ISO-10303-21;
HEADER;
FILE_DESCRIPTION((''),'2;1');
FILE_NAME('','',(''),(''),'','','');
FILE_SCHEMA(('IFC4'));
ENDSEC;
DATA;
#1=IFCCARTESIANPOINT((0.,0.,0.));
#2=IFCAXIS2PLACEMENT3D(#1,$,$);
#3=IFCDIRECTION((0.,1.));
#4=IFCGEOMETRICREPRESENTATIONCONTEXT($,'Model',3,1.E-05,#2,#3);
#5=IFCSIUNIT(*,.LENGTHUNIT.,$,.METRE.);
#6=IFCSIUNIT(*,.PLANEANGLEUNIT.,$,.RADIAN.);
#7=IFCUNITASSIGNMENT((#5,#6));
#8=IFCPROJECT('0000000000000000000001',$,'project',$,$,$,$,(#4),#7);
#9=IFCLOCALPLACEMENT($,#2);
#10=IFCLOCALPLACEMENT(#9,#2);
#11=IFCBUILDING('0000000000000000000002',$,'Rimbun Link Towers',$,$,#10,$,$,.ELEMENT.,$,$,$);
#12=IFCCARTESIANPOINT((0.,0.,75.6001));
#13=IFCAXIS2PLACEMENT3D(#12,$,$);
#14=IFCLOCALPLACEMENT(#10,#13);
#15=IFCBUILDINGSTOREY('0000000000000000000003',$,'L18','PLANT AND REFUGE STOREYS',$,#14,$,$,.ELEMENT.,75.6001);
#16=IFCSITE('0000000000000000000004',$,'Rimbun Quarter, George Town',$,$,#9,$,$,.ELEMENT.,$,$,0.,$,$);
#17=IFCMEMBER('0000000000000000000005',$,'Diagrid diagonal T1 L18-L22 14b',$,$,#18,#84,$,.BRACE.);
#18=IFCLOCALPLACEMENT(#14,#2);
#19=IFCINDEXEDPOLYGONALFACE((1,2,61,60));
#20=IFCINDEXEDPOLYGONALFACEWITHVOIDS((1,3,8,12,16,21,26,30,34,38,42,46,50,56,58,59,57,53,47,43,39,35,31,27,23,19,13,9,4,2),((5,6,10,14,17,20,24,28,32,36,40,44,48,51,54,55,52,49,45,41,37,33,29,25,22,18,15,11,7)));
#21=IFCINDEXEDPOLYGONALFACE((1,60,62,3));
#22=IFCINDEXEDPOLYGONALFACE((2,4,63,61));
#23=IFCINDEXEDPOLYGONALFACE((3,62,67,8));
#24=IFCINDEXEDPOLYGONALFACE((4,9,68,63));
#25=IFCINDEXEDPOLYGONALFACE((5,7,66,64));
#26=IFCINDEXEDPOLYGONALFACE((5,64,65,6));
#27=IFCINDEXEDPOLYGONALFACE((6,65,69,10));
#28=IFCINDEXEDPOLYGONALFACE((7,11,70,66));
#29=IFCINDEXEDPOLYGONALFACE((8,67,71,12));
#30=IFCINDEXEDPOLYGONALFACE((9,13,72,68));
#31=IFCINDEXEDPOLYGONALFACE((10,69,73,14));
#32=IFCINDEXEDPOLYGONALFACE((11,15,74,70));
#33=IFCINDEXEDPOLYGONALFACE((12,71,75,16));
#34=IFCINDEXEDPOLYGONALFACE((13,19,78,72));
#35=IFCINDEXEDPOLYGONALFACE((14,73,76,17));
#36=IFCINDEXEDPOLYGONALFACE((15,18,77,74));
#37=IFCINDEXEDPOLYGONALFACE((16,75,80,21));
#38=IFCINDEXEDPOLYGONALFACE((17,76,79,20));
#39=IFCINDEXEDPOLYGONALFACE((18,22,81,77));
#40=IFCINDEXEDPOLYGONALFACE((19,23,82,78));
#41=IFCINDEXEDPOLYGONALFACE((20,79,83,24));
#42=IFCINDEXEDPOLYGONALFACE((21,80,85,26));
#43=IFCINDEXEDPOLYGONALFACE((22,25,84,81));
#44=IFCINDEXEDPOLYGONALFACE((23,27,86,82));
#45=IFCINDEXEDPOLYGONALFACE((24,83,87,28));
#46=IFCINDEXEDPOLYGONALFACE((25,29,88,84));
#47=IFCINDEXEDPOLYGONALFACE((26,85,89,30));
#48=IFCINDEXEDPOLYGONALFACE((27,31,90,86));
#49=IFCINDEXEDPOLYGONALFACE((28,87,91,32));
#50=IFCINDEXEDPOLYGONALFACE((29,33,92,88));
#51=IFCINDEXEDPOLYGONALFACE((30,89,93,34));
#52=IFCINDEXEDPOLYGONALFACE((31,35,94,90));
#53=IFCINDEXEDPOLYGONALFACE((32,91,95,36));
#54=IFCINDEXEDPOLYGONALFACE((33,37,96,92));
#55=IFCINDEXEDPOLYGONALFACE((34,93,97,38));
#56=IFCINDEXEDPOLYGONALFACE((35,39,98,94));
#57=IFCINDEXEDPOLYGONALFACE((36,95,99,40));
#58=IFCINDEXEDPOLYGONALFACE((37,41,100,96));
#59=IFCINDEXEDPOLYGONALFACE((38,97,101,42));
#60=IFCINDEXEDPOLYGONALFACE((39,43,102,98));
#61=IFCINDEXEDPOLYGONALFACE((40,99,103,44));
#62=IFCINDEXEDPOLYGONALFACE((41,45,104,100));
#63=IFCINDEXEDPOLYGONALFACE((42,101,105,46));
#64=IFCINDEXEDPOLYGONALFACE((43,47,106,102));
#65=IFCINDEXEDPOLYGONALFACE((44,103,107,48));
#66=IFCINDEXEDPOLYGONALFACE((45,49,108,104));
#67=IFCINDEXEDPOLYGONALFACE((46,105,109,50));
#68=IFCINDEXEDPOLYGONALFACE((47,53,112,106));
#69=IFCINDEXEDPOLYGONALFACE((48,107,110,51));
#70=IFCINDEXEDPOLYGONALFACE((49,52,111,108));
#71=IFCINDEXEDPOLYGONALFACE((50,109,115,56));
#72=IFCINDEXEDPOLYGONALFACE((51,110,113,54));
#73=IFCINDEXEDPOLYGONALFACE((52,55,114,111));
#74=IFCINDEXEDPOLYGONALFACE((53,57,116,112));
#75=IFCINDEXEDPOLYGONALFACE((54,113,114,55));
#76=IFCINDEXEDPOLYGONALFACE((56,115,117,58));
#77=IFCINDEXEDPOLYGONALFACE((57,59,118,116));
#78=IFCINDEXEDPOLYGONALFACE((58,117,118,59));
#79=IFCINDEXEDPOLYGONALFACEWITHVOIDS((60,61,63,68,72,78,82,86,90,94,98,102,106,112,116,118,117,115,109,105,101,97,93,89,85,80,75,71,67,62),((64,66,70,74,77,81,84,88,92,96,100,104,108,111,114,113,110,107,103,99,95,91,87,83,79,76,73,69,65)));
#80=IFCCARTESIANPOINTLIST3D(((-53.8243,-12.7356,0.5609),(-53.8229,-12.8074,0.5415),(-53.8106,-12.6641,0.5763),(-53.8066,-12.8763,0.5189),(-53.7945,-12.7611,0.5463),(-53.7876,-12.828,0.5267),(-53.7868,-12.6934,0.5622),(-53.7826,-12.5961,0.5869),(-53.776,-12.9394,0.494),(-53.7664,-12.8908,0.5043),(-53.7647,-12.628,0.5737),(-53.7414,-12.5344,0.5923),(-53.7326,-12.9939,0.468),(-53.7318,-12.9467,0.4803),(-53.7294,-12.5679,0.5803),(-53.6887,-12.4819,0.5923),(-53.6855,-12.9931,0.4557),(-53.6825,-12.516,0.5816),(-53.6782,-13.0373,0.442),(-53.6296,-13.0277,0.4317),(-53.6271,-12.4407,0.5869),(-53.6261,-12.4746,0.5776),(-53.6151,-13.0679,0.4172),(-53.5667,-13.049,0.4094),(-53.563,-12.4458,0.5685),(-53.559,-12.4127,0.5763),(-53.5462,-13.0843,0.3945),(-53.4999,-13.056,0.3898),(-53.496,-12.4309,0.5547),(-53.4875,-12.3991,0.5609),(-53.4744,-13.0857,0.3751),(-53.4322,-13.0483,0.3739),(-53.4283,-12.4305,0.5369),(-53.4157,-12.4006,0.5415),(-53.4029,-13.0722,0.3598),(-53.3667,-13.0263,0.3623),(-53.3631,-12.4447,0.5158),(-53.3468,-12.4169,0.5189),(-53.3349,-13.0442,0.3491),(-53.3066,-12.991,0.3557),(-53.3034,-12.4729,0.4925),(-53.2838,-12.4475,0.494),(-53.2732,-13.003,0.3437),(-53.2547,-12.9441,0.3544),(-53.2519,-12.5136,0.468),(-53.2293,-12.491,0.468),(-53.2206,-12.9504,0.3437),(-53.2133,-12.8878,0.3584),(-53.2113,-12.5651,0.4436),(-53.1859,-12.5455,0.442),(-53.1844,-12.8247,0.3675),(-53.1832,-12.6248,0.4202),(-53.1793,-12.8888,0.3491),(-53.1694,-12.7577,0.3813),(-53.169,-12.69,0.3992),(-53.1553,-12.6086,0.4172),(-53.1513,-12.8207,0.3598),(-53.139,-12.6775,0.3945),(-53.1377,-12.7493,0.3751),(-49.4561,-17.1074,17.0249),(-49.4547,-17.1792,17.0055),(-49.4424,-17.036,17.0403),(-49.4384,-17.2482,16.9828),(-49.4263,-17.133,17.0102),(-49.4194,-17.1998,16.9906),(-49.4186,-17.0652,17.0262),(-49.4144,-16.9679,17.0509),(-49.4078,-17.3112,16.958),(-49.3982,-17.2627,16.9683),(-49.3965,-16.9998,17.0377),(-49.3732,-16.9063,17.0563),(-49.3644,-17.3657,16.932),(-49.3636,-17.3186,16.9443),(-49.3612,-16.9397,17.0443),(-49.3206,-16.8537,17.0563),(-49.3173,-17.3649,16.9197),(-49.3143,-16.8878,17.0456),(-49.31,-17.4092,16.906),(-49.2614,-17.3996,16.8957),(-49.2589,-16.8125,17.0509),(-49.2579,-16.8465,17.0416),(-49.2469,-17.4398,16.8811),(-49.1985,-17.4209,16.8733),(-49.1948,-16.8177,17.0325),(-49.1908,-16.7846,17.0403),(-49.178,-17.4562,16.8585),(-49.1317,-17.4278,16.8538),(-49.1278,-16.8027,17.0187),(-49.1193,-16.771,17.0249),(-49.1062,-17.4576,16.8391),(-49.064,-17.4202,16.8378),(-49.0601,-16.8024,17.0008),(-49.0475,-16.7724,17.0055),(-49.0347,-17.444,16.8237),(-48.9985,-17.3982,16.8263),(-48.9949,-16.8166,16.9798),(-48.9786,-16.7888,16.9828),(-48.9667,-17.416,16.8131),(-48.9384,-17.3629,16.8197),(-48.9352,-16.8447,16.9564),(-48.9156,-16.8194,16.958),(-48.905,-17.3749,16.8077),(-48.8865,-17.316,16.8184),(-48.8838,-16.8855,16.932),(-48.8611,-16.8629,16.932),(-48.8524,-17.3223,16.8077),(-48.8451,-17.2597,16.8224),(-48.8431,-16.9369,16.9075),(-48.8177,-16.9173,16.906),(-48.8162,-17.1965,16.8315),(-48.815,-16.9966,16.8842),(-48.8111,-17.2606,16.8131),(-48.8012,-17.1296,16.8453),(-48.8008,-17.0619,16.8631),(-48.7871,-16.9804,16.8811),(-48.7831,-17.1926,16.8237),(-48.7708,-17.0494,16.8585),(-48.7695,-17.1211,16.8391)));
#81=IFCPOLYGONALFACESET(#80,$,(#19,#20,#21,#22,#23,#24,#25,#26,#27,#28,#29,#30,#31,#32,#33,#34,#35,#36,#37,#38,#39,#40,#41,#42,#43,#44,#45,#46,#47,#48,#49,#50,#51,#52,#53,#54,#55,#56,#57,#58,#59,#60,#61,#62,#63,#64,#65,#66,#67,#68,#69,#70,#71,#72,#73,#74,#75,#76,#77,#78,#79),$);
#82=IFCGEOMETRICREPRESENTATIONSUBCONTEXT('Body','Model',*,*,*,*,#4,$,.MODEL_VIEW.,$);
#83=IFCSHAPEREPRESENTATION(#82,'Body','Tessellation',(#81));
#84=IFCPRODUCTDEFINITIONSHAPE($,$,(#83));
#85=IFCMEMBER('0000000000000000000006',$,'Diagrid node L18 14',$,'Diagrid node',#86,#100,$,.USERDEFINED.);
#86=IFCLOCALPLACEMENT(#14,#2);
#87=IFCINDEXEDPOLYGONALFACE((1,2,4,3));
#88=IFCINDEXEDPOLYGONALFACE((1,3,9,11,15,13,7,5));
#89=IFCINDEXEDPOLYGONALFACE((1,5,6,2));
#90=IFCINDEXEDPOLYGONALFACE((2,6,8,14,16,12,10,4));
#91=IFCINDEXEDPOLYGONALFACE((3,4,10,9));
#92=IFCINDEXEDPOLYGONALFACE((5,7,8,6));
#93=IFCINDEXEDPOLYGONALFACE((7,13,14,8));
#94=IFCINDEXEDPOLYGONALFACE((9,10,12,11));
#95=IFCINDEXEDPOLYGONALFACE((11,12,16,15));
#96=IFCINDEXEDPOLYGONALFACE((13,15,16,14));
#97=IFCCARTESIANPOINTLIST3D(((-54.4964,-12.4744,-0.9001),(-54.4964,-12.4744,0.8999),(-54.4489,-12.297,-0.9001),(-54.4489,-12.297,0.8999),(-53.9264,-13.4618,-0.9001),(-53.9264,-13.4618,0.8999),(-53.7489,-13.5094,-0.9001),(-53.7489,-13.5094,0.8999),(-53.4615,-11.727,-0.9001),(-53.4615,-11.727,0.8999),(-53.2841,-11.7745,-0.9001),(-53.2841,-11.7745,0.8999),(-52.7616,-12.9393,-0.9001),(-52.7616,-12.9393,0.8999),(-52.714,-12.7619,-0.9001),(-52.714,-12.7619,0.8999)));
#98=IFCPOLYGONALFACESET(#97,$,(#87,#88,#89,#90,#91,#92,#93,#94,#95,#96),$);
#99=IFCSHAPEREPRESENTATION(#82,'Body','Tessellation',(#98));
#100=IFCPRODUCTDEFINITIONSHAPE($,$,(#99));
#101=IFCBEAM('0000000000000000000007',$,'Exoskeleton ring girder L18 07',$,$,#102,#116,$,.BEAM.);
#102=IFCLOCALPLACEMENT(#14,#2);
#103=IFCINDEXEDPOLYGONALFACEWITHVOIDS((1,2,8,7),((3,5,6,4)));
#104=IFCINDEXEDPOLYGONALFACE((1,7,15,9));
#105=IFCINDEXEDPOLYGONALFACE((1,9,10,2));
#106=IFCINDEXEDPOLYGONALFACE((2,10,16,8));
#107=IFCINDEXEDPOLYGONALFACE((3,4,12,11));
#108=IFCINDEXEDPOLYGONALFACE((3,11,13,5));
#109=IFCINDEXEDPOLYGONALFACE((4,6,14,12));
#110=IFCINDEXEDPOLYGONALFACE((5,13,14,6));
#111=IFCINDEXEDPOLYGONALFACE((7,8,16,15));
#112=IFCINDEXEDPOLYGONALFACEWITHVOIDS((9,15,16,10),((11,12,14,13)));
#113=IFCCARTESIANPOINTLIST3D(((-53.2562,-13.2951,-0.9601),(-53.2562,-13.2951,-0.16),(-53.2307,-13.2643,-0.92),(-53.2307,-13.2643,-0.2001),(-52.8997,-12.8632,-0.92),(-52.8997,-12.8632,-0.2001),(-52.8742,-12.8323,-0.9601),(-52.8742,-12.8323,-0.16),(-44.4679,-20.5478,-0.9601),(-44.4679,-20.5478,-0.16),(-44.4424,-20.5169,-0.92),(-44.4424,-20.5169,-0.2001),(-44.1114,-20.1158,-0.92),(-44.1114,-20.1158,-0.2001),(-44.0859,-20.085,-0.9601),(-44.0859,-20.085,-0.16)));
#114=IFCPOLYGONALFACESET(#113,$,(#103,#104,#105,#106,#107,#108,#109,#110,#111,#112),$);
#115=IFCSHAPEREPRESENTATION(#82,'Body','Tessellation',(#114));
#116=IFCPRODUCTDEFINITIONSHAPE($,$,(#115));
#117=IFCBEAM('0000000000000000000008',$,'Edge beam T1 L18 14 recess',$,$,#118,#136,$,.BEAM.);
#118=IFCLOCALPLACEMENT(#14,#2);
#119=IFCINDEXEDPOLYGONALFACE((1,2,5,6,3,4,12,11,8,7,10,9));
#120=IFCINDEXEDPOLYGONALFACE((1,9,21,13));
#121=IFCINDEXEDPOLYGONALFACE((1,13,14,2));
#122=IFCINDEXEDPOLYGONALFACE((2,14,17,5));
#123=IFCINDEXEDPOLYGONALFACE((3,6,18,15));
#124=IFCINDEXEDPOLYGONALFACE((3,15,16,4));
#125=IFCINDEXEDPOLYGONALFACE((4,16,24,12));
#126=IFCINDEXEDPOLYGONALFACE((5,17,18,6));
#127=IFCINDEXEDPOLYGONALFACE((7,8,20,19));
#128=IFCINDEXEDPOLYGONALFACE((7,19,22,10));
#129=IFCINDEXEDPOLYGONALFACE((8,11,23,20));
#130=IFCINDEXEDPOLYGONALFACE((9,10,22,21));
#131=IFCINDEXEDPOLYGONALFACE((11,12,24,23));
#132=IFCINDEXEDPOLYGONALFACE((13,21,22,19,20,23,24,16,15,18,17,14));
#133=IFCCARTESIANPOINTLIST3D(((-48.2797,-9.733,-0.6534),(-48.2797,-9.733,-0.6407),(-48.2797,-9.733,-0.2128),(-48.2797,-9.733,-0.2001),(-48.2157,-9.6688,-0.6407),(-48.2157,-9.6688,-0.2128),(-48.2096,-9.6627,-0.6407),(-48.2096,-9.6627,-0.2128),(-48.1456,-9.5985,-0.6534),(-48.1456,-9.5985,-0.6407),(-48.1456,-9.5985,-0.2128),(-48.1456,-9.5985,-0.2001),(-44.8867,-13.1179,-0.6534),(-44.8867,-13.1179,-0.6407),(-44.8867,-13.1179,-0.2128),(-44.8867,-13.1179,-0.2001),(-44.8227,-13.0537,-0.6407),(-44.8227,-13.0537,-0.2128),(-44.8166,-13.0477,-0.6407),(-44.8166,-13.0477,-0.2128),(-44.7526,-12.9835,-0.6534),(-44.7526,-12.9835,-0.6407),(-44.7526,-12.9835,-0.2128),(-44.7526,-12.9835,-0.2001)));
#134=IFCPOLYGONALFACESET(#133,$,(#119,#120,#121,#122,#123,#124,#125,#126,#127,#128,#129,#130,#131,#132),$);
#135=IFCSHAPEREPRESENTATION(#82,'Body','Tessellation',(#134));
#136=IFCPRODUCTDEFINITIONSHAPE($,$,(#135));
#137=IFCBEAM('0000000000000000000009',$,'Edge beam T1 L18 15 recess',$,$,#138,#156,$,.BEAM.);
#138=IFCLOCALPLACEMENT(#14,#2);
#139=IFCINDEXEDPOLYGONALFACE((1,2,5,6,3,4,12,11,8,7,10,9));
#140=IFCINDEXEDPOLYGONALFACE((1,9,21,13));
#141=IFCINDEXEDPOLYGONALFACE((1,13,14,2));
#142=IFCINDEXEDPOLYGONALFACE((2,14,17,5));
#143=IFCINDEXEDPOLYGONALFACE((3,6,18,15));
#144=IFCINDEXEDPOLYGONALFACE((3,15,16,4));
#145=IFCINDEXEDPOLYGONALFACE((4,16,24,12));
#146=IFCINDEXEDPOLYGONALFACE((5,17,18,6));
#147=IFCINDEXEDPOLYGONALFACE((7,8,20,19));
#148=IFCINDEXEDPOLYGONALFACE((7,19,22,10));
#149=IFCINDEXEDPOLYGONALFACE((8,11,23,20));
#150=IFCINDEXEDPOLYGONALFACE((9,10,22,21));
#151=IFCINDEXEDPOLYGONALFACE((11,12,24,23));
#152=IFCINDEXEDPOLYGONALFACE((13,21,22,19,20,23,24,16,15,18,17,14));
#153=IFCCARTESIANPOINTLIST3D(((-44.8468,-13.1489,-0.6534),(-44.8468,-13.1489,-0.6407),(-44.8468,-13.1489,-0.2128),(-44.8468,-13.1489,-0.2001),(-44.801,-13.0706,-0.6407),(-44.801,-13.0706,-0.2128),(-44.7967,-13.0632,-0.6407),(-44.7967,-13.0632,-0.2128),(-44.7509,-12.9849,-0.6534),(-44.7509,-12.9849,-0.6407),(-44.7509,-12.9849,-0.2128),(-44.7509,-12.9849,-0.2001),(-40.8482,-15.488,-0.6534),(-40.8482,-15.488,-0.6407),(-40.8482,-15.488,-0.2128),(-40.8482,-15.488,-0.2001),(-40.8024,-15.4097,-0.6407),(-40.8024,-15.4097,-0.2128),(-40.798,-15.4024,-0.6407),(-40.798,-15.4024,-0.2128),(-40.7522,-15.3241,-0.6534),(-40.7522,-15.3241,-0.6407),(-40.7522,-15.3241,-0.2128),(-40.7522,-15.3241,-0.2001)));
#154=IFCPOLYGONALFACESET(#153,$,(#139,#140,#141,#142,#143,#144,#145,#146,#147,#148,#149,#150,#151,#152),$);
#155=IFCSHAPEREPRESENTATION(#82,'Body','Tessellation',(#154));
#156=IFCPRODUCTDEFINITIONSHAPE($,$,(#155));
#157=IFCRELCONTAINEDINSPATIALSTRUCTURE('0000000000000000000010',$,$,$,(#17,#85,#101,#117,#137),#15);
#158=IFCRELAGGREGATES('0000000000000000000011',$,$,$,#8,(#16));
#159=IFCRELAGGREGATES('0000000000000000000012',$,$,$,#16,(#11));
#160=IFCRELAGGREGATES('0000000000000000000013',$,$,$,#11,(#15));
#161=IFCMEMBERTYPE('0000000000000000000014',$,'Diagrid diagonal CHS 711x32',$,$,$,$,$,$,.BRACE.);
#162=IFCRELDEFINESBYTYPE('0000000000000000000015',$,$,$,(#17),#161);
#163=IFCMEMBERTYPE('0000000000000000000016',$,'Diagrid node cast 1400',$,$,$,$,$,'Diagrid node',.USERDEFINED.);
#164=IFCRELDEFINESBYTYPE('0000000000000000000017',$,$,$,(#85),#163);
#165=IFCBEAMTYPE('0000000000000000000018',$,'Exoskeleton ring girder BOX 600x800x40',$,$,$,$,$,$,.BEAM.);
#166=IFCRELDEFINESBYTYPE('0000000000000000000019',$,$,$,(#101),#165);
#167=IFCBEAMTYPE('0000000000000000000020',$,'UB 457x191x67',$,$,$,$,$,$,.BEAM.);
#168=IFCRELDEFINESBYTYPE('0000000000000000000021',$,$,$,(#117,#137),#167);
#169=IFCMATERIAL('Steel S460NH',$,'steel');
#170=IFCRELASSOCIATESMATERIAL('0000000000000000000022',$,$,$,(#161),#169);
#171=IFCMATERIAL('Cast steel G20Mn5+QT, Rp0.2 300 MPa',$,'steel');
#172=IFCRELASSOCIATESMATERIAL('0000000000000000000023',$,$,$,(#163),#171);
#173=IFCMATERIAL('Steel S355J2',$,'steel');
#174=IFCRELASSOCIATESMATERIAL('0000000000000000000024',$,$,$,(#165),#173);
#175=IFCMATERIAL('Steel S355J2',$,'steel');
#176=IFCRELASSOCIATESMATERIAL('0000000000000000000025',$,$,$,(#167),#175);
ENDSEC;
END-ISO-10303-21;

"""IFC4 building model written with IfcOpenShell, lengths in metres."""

from ifc_helpers import new_model, si_unit, direction, frame, origin, origin_2d, place, context, subcontext, project, spatial, polyline, hollow_rectangle, hollow_circle, i_section, outline, extrude, material, material_profile, profile_set, type_object, element, save


model = new_model("IFC4")

# Units and contexts
model_context = context("Model", 3, precision=1e-05, world=origin(), true_north=direction((0.0, 1.0)))
body_context = subcontext(model_context, "Body", "Model", "MODEL_VIEW")
ifc_project = project(units=[si_unit("LENGTHUNIT", "METRE"), si_unit("PLANEANGLEUNIT", "RADIAN")], contexts=[model_context])

# Site, building, storey
site_placement = place(None, origin())
site = spatial("IfcSite", under=ifc_project, at=site_placement, Name="Rimbun Quarter, George Town", CompositionType="ELEMENT", RefElevation=0.0)
building_placement = place(site_placement, origin())
building = spatial("IfcBuilding", under=site, at=building_placement, Name="Rimbun Link Towers", CompositionType="ELEMENT")
storey_placement = place(building_placement, frame((0.0, 0.0, 75.6001)))
storey = spatial("IfcBuildingStorey", under=building, at=storey_placement, Name="L18", Description="PLANT AND REFUGE STOREYS", CompositionType="ELEMENT", Elevation=75.6001)

# Members
ifc_material_1 = material(Name="Steel S460NH", Category="steel")
ifc_material_profile_1 = material_profile(ifc_material_1, hollow_circle(Radius=0.3557, WallThickness=0.032, at=origin_2d()), Name="Diagrid diagonal CHS 711x32")
ifc_profile_set_1 = profile_set([ifc_material_profile_1], Name="Steel S460NH")
member_type_1 = type_object("IfcMemberType", Name="Diagrid diagonal CHS 711x32", PredefinedType="BRACE", material=ifc_profile_set_1)
member_1_placement = place(storey_placement, frame((-53.481, -12.7424, 0.468), z_axis=(0.248395, -0.248603, 0.936214), x_axis=(0.707403, 0.70681, 0.0)))
element("IfcMember", 1, at=member_1_placement, inside=storey, type_object=member_type_1, Name="Diagrid diagonal T1 L18-L22 14b", PredefinedType="BRACE", context=body_context, shape_type="SweptSolid", body=[
    extrude(hollow_circle(Radius=0.3557, WallThickness=0.032, at=origin_2d()), origin(), (0.0, 0.0, 1.0), 17.5857),
])
ifc_material_2 = material(Name="Cast steel G20Mn5+QT, Rp0.2 300 MPa", Category="steel")
ifc_material_profile_2 = material_profile(ifc_material_2, outline(polyline([(0.7, -0.5701), (0.7, 0.5701), (0.5701, 0.7), (-0.5701, 0.7), (-0.7, 0.5701), (-0.7, -0.5701), (-0.5701, -0.7), (0.5701, -0.7), (0.7, -0.5701)])), Name="NODE 1400x1400")
ifc_profile_set_2 = profile_set([ifc_material_profile_2], Name="Cast steel G20Mn5+QT, Rp0.2 300 MPa")
member_type_2 = type_object("IfcMemberType", Name="Diagrid node cast 1400", ElementType="Diagrid node", PredefinedType="USERDEFINED", material=ifc_profile_set_2)
member_2_placement = place(storey_placement, frame((-53.6052, -12.6182, -0.9001), z_axis=(0.0, 0.0, 1.0), x_axis=(-0.866025, -0.5, 0.0)))
element("IfcMember", 2, at=member_2_placement, inside=storey, type_object=member_type_2, Name="Diagrid node L18 14", ObjectType="Diagrid node", PredefinedType="USERDEFINED", context=body_context, shape_type="SweptSolid", body=[
    extrude(outline(polyline([(0.7, -0.5701), (0.7, 0.5701), (0.5701, 0.7), (-0.5701, 0.7), (-0.7, 0.5701), (-0.7, -0.5701), (-0.5701, -0.7), (0.5701, -0.7), (0.7, -0.5701)])), origin(), (0.0, 0.0, 1.0), 1.8),
])

# Beams
ifc_material_3 = material(Name="Steel S355J2", Category="steel")
ifc_material_profile_3 = material_profile(ifc_material_3, hollow_rectangle(XDim=0.6001, YDim=0.8, WallThickness=0.04, at=origin_2d()), Name="Exoskeleton ring girder BOX 600x800x40")
ifc_profile_set_3 = profile_set([ifc_material_profile_3], Name="Steel S355J2")
beam_type_1 = type_object("IfcBeamType", Name="Exoskeleton ring girder BOX 600x800x40", PredefinedType="BEAM", material=ifc_profile_set_3)
beam_1_placement = place(storey_placement, frame((-53.0652, -13.0637, -0.5601), z_axis=(0.771274, -0.636504, 0.0), x_axis=(0.636504, 0.771274, 0.0)))
element("IfcBeam", 3, at=beam_1_placement, inside=storey, type_object=beam_type_1, Name="Exoskeleton ring girder L18 07", PredefinedType="BEAM", context=body_context, shape_type="SweptSolid", body=[
    extrude(hollow_rectangle(XDim=0.6001, YDim=0.8, WallThickness=0.04, at=origin_2d()), origin(), (0.0, 0.0, 1.0), 11.3945),
])
ifc_material_4 = material(Name="Steel S355J2", Category="steel")
ifc_material_profile_4 = material_profile(ifc_material_4, i_section(OverallWidth=0.1899, OverallDepth=0.4534, WebThickness=0.0085, FlangeThickness=0.0127, at=origin_2d()), Name="UB 457x191x67")
ifc_profile_set_4 = profile_set([ifc_material_profile_4], Name="Steel S355J2")
beam_type_2 = type_object("IfcBeamType", Name="UB 457x191x67", PredefinedType="BEAM", material=ifc_profile_set_4)
beam_2_placement = place(storey_placement, frame((-48.2126, -9.6658, -0.4268), z_axis=(0.707947, -0.706266, 0.0), x_axis=(0.706266, 0.707947, 0.0)))
element("IfcBeam", 4, at=beam_2_placement, inside=storey, type_object=beam_type_2, Name="Edge beam T1 L18 14 recess", PredefinedType="BEAM", context=body_context, shape_type="SweptSolid", body=[
    extrude(i_section(OverallWidth=0.1899, OverallDepth=0.4534, WebThickness=0.0085, FlangeThickness=0.0127, at=origin_2d()), origin(), (0.0, 0.0, 1.0), 4.7927),
])
beam_3_placement = place(storey_placement, frame((-44.7988, -13.0669, -0.4268), z_axis=(0.863155, -0.504939, 0.0), x_axis=(0.504939, 0.863155, 0.0)))
element("IfcBeam", 5, at=beam_3_placement, inside=storey, type_object=beam_type_2, Name="Edge beam T1 L18 15 recess", PredefinedType="BEAM", context=body_context, shape_type="SweptSolid", body=[
    extrude(i_section(OverallWidth=0.1899, OverallDepth=0.4534, WebThickness=0.0085, FlangeThickness=0.0127, at=origin_2d()), origin(), (0.0, 0.0, 1.0), 4.6326),
])

save(model, "model.ifc")
